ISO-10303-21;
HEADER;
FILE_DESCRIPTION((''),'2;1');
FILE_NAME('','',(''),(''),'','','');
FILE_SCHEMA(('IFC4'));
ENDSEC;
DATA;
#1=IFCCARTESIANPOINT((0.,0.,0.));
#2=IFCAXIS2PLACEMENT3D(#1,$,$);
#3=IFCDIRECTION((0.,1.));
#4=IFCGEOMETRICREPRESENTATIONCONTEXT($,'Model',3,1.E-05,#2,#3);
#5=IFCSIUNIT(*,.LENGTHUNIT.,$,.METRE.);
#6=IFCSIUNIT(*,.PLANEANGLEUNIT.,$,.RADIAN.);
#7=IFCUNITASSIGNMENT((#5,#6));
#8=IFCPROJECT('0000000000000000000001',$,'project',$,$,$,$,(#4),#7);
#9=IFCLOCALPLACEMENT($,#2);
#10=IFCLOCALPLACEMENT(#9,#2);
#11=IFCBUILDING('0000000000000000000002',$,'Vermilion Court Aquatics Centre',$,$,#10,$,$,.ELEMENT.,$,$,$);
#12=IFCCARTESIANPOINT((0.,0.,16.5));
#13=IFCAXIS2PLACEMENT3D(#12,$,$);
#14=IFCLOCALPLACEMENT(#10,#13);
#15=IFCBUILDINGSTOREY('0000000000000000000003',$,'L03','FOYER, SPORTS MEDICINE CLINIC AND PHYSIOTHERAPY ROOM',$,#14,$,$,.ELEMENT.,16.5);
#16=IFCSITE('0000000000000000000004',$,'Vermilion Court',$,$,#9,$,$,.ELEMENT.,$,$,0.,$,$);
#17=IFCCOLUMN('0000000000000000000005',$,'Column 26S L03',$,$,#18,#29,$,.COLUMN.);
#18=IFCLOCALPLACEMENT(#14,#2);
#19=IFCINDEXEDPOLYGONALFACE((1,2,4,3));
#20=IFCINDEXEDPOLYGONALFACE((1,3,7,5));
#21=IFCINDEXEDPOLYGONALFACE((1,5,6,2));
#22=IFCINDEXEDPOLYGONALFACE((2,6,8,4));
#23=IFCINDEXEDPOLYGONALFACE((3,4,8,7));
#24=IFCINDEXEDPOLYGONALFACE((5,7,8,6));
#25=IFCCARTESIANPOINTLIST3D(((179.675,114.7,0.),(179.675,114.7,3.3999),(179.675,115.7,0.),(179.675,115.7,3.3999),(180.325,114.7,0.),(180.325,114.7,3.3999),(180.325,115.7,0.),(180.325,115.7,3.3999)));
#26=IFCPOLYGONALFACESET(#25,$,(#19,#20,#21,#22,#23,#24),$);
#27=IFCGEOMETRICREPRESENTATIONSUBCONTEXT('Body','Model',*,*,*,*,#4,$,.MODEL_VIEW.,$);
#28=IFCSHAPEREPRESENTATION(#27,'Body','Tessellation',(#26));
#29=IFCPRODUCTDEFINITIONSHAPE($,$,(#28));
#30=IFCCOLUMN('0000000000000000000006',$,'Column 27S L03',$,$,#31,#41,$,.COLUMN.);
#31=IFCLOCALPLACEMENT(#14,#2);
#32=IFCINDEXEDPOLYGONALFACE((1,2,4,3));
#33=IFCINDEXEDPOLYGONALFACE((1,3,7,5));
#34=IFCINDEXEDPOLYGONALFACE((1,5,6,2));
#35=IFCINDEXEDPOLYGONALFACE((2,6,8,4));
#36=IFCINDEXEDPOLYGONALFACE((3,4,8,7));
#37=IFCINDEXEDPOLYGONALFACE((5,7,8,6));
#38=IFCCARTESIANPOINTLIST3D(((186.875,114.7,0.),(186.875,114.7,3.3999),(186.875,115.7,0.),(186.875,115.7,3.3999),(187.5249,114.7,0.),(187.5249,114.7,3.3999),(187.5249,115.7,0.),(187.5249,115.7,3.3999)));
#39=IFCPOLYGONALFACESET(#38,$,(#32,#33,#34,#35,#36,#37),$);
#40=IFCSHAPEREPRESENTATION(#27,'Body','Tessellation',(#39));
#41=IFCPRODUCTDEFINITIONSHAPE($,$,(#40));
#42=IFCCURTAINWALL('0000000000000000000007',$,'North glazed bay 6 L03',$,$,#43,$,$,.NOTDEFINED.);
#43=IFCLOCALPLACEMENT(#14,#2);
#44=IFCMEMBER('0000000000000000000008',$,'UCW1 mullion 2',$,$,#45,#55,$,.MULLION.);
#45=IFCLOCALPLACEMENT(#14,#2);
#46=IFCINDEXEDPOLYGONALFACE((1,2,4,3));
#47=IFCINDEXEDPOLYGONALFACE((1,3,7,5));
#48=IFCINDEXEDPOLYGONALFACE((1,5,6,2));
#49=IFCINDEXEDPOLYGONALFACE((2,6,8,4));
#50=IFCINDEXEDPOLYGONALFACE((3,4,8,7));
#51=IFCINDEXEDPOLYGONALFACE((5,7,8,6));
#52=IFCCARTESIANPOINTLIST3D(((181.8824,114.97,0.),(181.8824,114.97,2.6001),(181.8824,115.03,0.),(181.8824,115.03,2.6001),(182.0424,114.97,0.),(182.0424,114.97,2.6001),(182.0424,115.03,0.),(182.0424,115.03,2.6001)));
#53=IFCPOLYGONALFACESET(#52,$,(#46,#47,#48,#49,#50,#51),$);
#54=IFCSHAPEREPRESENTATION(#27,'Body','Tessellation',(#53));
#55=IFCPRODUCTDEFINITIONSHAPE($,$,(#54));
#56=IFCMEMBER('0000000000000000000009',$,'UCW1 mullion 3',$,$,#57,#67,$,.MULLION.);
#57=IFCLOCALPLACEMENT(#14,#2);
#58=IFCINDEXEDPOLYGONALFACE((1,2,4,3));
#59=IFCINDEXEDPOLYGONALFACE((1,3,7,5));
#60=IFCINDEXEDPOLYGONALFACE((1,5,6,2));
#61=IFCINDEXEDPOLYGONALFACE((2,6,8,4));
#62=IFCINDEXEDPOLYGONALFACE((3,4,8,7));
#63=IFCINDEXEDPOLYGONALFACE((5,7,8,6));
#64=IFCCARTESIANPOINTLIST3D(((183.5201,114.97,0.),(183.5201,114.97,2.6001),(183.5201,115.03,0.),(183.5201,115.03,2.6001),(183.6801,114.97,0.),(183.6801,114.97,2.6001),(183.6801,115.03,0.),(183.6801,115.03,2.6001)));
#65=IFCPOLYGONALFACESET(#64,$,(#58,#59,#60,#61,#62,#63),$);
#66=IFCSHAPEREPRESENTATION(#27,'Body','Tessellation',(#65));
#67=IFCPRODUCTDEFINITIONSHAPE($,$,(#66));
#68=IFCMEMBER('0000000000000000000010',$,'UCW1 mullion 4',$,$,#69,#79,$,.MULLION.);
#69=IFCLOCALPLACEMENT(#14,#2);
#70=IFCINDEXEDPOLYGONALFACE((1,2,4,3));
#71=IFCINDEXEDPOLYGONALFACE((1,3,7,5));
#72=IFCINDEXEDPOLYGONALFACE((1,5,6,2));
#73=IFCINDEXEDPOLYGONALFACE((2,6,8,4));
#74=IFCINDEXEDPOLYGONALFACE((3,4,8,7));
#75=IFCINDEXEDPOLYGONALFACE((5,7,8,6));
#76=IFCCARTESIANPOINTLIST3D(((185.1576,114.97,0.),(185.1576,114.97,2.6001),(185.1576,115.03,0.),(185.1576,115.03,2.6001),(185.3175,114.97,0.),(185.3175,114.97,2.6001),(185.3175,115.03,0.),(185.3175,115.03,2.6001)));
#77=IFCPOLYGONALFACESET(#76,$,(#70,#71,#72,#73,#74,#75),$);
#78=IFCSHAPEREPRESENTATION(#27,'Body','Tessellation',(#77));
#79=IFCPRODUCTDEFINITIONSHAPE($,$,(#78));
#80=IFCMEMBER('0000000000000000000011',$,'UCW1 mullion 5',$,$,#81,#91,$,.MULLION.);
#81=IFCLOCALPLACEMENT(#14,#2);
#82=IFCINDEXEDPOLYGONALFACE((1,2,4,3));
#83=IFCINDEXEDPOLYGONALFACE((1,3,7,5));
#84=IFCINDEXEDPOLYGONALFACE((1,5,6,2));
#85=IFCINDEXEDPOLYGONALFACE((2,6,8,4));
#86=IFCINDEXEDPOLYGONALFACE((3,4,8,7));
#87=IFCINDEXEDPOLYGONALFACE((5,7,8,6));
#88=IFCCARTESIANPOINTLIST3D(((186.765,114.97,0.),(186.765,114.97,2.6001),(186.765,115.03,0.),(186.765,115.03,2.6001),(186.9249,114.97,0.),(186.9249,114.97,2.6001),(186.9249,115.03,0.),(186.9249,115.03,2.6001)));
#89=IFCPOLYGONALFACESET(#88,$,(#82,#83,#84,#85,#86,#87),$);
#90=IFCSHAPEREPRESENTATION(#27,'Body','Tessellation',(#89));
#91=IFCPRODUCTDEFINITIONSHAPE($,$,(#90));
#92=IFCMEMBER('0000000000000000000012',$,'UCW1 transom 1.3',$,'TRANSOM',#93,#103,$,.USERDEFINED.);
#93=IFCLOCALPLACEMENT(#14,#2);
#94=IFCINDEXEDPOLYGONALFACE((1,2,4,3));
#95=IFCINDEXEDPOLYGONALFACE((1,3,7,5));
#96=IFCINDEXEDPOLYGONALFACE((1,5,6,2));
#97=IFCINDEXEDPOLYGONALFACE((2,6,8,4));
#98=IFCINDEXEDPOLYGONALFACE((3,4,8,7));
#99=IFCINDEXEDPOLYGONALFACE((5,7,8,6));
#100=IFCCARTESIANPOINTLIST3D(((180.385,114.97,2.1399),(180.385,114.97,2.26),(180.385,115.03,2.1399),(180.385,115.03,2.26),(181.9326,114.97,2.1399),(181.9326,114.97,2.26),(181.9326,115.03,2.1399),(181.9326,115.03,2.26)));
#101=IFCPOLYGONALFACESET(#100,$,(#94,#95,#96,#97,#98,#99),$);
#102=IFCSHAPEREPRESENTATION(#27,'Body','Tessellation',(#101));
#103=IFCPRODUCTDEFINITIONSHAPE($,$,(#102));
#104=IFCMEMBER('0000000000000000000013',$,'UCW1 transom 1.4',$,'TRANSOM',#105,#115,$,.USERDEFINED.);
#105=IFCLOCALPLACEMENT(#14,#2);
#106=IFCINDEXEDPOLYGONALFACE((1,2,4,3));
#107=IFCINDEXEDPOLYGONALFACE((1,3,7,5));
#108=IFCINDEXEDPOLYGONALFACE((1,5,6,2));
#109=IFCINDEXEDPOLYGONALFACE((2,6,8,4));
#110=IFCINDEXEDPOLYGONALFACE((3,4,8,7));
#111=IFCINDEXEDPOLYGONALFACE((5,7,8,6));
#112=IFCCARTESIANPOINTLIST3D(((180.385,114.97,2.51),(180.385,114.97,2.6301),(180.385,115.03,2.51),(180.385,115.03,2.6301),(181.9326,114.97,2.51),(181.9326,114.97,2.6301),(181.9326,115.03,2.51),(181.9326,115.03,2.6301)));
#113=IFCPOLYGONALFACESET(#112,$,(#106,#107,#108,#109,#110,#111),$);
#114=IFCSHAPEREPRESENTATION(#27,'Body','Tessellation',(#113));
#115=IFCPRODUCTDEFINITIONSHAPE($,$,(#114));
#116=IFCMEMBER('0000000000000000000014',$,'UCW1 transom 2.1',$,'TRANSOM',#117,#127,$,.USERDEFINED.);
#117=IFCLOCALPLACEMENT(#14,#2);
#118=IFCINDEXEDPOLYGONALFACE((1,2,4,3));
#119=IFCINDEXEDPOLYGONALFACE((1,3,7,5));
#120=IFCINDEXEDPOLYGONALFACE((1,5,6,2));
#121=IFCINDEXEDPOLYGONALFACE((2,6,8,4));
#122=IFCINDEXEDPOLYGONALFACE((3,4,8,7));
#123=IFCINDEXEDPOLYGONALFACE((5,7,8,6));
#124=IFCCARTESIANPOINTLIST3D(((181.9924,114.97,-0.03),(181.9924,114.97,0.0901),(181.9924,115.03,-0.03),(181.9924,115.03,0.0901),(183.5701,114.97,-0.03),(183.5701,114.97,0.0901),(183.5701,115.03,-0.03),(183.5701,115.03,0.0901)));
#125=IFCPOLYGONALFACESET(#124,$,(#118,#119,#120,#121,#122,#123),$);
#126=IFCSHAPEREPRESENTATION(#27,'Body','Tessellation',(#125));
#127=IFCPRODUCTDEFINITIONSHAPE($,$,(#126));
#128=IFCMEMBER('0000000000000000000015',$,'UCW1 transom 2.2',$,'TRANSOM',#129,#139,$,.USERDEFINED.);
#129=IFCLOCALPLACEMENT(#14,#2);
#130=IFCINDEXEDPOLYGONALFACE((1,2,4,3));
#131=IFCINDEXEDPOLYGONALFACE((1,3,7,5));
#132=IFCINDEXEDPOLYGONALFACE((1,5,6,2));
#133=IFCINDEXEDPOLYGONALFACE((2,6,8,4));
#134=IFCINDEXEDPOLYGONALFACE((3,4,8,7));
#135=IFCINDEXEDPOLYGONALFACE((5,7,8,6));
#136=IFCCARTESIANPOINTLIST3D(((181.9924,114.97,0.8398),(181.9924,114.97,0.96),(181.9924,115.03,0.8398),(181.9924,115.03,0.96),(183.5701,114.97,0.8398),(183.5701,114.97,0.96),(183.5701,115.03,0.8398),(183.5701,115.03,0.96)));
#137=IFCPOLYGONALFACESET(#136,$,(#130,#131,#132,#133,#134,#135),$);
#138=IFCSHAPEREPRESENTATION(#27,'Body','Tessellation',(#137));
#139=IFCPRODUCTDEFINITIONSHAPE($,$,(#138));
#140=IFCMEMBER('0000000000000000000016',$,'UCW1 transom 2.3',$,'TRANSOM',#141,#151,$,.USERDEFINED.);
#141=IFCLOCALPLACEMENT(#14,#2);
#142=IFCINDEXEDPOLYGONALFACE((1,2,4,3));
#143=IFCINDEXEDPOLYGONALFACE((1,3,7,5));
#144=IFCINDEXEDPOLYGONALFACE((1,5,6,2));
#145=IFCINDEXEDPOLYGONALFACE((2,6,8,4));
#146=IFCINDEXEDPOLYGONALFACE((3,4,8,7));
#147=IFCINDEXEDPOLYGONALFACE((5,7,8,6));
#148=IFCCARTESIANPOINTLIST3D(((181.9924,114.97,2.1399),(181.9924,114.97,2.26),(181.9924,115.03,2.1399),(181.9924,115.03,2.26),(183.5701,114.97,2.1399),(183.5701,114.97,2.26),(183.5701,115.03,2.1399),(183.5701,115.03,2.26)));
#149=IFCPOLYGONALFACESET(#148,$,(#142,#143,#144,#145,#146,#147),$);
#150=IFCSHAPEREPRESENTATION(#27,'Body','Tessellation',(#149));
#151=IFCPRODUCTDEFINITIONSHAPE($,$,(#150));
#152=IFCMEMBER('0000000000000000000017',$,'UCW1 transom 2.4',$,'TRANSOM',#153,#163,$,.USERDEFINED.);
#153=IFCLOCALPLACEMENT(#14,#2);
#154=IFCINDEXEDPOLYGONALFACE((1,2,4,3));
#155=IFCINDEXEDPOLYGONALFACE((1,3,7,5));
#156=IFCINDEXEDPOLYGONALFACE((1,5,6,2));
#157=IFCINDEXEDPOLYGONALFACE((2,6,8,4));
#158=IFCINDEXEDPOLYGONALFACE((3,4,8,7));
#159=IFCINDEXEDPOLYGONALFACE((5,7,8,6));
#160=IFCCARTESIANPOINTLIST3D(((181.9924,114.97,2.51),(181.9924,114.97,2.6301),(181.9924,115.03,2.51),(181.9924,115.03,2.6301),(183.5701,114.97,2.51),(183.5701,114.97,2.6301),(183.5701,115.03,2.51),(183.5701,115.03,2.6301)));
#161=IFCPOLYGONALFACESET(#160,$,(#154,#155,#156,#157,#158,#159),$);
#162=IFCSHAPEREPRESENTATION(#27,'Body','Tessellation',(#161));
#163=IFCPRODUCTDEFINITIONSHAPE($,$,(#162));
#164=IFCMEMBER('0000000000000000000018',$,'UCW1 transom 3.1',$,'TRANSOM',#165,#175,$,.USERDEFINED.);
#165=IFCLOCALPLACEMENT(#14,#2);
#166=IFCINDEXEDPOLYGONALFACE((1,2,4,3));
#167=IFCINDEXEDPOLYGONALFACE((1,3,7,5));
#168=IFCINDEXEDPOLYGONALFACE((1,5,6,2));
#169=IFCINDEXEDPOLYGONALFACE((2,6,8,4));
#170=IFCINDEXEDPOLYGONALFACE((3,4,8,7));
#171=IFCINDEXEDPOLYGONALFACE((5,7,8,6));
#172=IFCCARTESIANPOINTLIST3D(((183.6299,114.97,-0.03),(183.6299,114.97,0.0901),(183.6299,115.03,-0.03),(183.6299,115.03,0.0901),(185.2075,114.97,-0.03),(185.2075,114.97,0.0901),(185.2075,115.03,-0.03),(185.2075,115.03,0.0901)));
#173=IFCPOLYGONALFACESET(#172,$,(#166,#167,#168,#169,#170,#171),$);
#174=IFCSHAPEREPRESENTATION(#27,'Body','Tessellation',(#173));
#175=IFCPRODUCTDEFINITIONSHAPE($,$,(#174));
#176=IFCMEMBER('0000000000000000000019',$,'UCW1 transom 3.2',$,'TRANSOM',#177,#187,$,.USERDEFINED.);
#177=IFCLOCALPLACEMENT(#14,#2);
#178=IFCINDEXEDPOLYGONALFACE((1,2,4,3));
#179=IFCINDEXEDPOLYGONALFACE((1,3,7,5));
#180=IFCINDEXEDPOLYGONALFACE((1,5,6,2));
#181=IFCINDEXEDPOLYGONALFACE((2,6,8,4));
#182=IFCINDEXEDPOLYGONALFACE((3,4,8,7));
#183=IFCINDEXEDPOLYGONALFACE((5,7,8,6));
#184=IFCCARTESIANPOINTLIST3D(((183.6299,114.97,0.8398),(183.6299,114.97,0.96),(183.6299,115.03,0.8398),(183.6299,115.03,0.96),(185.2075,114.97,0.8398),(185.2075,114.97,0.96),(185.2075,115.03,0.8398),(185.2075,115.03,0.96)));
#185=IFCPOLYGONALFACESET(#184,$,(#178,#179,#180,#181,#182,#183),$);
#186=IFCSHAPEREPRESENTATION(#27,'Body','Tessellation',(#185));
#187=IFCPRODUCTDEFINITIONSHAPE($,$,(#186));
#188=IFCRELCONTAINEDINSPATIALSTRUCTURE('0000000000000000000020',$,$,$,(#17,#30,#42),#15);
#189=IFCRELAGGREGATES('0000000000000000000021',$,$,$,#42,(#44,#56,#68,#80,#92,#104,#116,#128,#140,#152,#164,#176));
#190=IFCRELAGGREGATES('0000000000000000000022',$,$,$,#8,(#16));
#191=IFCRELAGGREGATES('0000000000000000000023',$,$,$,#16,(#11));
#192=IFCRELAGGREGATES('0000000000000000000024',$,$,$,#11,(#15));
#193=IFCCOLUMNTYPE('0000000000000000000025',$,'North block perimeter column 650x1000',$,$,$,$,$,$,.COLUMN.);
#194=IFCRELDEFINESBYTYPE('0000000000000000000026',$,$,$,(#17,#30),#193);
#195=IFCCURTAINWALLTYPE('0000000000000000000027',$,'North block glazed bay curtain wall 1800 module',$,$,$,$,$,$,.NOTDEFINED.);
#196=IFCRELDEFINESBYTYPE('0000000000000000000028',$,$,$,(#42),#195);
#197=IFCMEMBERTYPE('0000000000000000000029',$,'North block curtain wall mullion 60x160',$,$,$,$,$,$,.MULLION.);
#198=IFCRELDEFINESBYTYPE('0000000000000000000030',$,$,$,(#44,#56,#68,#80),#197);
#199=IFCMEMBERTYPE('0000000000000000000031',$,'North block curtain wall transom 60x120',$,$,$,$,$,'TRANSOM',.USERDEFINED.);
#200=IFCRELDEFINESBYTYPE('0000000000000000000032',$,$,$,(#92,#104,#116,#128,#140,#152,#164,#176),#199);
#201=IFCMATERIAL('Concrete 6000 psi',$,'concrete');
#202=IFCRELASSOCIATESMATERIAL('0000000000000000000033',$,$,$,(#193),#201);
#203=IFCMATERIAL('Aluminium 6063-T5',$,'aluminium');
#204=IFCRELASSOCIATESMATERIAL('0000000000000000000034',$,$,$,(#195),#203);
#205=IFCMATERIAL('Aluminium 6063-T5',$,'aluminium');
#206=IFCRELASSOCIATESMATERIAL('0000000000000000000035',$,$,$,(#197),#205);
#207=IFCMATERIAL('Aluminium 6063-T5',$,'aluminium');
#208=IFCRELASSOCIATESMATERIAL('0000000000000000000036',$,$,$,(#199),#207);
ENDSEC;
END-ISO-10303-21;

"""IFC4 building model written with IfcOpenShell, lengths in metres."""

from ifc_helpers import new_model, si_unit, direction, frame, origin, origin_2d, place, context, subcontext, project, spatial, rectangle, extrude, material, material_profile, profile_set, type_object, element, aggregate, save


model = new_model("IFC4")

# Units and contexts
model_context = context("Model", 3, precision=1e-05, world=origin(), true_north=direction((0.0, 1.0)))
body_context = subcontext(model_context, "Body", "Model", "MODEL_VIEW")
ifc_project = project(units=[si_unit("LENGTHUNIT", "METRE"), si_unit("PLANEANGLEUNIT", "RADIAN")], contexts=[model_context])

# Site, building, storey
site_placement = place(None, origin())
site = spatial("IfcSite", under=ifc_project, at=site_placement, Name="Vermilion Court", CompositionType="ELEMENT", RefElevation=0.0)
building_placement = place(site_placement, origin())
building = spatial("IfcBuilding", under=site, at=building_placement, Name="Vermilion Court Aquatics Centre", CompositionType="ELEMENT")
storey_placement = place(building_placement, frame((0.0, 0.0, 16.5)))
storey = spatial("IfcBuildingStorey", under=building, at=storey_placement, Name="L03", Description="FOYER, SPORTS MEDICINE CLINIC AND PHYSIOTHERAPY ROOM", CompositionType="ELEMENT", Elevation=16.5)

# Columns
ifc_material_1 = material(Name="Concrete 6000 psi", Category="concrete")
ifc_material_profile_1 = material_profile(ifc_material_1, rectangle(XDim=0.6499, YDim=1.0, at=origin_2d()), Name="RC 650x1000")
ifc_profile_set_1 = profile_set([ifc_material_profile_1], Name="Concrete 6000 psi")
column_type = type_object("IfcColumnType", Name="North block perimeter column 650x1000", PredefinedType="COLUMN", material=ifc_profile_set_1)
for number, where, z_axis, x_axis, name in (
    (1, (180.0, 115.2, 0.0), (0.0, 0.0, 1.0), (1.0, 0.0, 0.0), "Column 26S L03"),
    (2, (187.2, 115.2, 0.0), (0.0, 0.0, 1.0), (1.0, 0.0, 0.0), "Column 27S L03"),
):
    element("IfcColumn", number, at=place(storey_placement, frame(where, z_axis=z_axis, x_axis=x_axis)), inside=storey, type_object=column_type, Name=name, PredefinedType="COLUMN", context=body_context, shape_type="SweptSolid", body=[
        extrude(rectangle(XDim=0.6499, YDim=1.0, at=origin_2d()), origin(), (0.0, 0.0, 1.0), 3.3999),
    ])

# Curtain wall, members
ifc_material_2 = material(Name="Aluminium 6063-T5", Category="aluminium")
curtain_wall_type = type_object("IfcCurtainWallType", Name="North block glazed bay curtain wall 1800 module", PredefinedType="NOTDEFINED", material=ifc_material_2)
curtain_wall_placement = place(storey_placement, origin())
curtain_wall = element("IfcCurtainWall", 3, at=curtain_wall_placement, inside=storey, type_object=curtain_wall_type, Name="North glazed bay 6 L03", PredefinedType="NOTDEFINED")
ifc_material_3 = material(Name="Aluminium 6063-T5", Category="aluminium")
ifc_material_profile_2 = material_profile(ifc_material_3, rectangle(XDim=0.0601, YDim=0.1599, at=origin_2d()), Name="AL 60x160")
ifc_profile_set_2 = profile_set([ifc_material_profile_2], Name="Aluminium 6063-T5")
member_type_1 = type_object("IfcMemberType", Name="North block curtain wall mullion 60x160", PredefinedType="MULLION", material=ifc_profile_set_2)
member_1_placement = place(storey_placement, frame((181.9624, 115.0, 0.0), z_axis=(0.0, 0.0, 1.0), x_axis=(0.0, 1.0, 0.0)))
member_1 = element("IfcMember", 4, at=member_1_placement, type_object=member_type_1, Name="UCW1 mullion 2", PredefinedType="MULLION", context=body_context, shape_type="SweptSolid", body=[
    extrude(rectangle(XDim=0.0601, YDim=0.1599, at=origin_2d()), origin(), (0.0, 0.0, 1.0), 2.6001),
])
member_2_placement = place(storey_placement, frame((183.6001, 115.0, 0.0), z_axis=(0.0, 0.0, 1.0), x_axis=(0.0, 1.0, 0.0)))
member_2 = element("IfcMember", 5, at=member_2_placement, type_object=member_type_1, Name="UCW1 mullion 3", PredefinedType="MULLION", context=body_context, shape_type="SweptSolid", body=[
    extrude(rectangle(XDim=0.0601, YDim=0.1599, at=origin_2d()), origin(), (0.0, 0.0, 1.0), 2.6001),
])
member_3_placement = place(storey_placement, frame((185.2375, 115.0, 0.0), z_axis=(0.0, 0.0, 1.0), x_axis=(0.0, 1.0, 0.0)))
member_3 = element("IfcMember", 6, at=member_3_placement, type_object=member_type_1, Name="UCW1 mullion 4", PredefinedType="MULLION", context=body_context, shape_type="SweptSolid", body=[
    extrude(rectangle(XDim=0.0601, YDim=0.1599, at=origin_2d()), origin(), (0.0, 0.0, 1.0), 2.6001),
])
member_4_placement = place(storey_placement, frame((186.845, 115.0, 0.0), z_axis=(0.0, 0.0, 1.0), x_axis=(0.0, 1.0, 0.0)))
member_4 = element("IfcMember", 7, at=member_4_placement, type_object=member_type_1, Name="UCW1 mullion 5", PredefinedType="MULLION", context=body_context, shape_type="SweptSolid", body=[
    extrude(rectangle(XDim=0.0601, YDim=0.1599, at=origin_2d()), origin(), (0.0, 0.0, 1.0), 2.6001),
])
ifc_material_4 = material(Name="Aluminium 6063-T5", Category="aluminium")
ifc_material_profile_3 = material_profile(ifc_material_4, rectangle(XDim=0.0601, YDim=0.1201, at=origin_2d()), Name="AL 60x120")
ifc_profile_set_3 = profile_set([ifc_material_profile_3], Name="Aluminium 6063-T5")
member_type_2 = type_object("IfcMemberType", Name="North block curtain wall transom 60x120", ElementType="TRANSOM", PredefinedType="USERDEFINED", material=ifc_profile_set_3)
member_5_placement = place(storey_placement, frame((180.385, 115.0, 2.2), z_axis=(1.0, 0.0, 0.0), x_axis=(0.0, 1.0, 0.0)))
member_5 = element("IfcMember", 8, at=member_5_placement, type_object=member_type_2, Name="UCW1 transom 1.3", ObjectType="TRANSOM", PredefinedType="USERDEFINED", context=body_context, shape_type="SweptSolid", body=[
    extrude(rectangle(XDim=0.0601, YDim=0.1201, at=origin_2d()), origin(), (0.0, 0.0, 1.0), 1.5476),
])
member_6_placement = place(storey_placement, frame((180.385, 115.0, 2.5701), z_axis=(1.0, 0.0, 0.0), x_axis=(0.0, 1.0, 0.0)))
member_6 = element("IfcMember", 9, at=member_6_placement, type_object=member_type_2, Name="UCW1 transom 1.4", ObjectType="TRANSOM", PredefinedType="USERDEFINED", context=body_context, shape_type="SweptSolid", body=[
    extrude(rectangle(XDim=0.0601, YDim=0.1201, at=origin_2d()), origin(), (0.0, 0.0, 1.0), 1.5476),
])
member_7_placement = place(storey_placement, frame((181.9924, 115.0, 0.03), z_axis=(1.0, 0.0, 0.0), x_axis=(0.0, 1.0, 0.0)))
member_7 = element("IfcMember", 10, at=member_7_placement, type_object=member_type_2, Name="UCW1 transom 2.1", ObjectType="TRANSOM", PredefinedType="USERDEFINED", context=body_context, shape_type="SweptSolid", body=[
    extrude(rectangle(XDim=0.0601, YDim=0.1201, at=origin_2d()), origin(), (0.0, 0.0, 1.0), 1.5776),
])
member_8_placement = place(storey_placement, frame((181.9924, 115.0, 0.8999), z_axis=(1.0, 0.0, 0.0), x_axis=(0.0, 1.0, 0.0)))
member_8 = element("IfcMember", 11, at=member_8_placement, type_object=member_type_2, Name="UCW1 transom 2.2", ObjectType="TRANSOM", PredefinedType="USERDEFINED", context=body_context, shape_type="SweptSolid", body=[
    extrude(rectangle(XDim=0.0601, YDim=0.1201, at=origin_2d()), origin(), (0.0, 0.0, 1.0), 1.5776),
])
member_9_placement = place(storey_placement, frame((181.9924, 115.0, 2.2), z_axis=(1.0, 0.0, 0.0), x_axis=(0.0, 1.0, 0.0)))
member_9 = element("IfcMember", 12, at=member_9_placement, type_object=member_type_2, Name="UCW1 transom 2.3", ObjectType="TRANSOM", PredefinedType="USERDEFINED", context=body_context, shape_type="SweptSolid", body=[
    extrude(rectangle(XDim=0.0601, YDim=0.1201, at=origin_2d()), origin(), (0.0, 0.0, 1.0), 1.5776),
])
member_10_placement = place(storey_placement, frame((181.9924, 115.0, 2.5701), z_axis=(1.0, 0.0, 0.0), x_axis=(0.0, 1.0, 0.0)))
member_10 = element("IfcMember", 13, at=member_10_placement, type_object=member_type_2, Name="UCW1 transom 2.4", ObjectType="TRANSOM", PredefinedType="USERDEFINED", context=body_context, shape_type="SweptSolid", body=[
    extrude(rectangle(XDim=0.0601, YDim=0.1201, at=origin_2d()), origin(), (0.0, 0.0, 1.0), 1.5776),
])
member_11_placement = place(storey_placement, frame((183.6299, 115.0, 0.03), z_axis=(1.0, 0.0, 0.0), x_axis=(0.0, 1.0, 0.0)))
member_11 = element("IfcMember", 14, at=member_11_placement, type_object=member_type_2, Name="UCW1 transom 3.1", ObjectType="TRANSOM", PredefinedType="USERDEFINED", context=body_context, shape_type="SweptSolid", body=[
    extrude(rectangle(XDim=0.0601, YDim=0.1201, at=origin_2d()), origin(), (0.0, 0.0, 1.0), 1.5776),
])
member_12_placement = place(storey_placement, frame((183.6299, 115.0, 0.8999), z_axis=(1.0, 0.0, 0.0), x_axis=(0.0, 1.0, 0.0)))
member_12 = element("IfcMember", 15, at=member_12_placement, type_object=member_type_2, Name="UCW1 transom 3.2", ObjectType="TRANSOM", PredefinedType="USERDEFINED", context=body_context, shape_type="SweptSolid", body=[
    extrude(rectangle(XDim=0.0601, YDim=0.1201, at=origin_2d()), origin(), (0.0, 0.0, 1.0), 1.5776),
])

aggregate(curtain_wall, [member_1, member_2, member_3, member_4, member_5, member_6, member_7, member_8, member_9, member_10, member_11, member_12])

save(model, "model.ifc")
